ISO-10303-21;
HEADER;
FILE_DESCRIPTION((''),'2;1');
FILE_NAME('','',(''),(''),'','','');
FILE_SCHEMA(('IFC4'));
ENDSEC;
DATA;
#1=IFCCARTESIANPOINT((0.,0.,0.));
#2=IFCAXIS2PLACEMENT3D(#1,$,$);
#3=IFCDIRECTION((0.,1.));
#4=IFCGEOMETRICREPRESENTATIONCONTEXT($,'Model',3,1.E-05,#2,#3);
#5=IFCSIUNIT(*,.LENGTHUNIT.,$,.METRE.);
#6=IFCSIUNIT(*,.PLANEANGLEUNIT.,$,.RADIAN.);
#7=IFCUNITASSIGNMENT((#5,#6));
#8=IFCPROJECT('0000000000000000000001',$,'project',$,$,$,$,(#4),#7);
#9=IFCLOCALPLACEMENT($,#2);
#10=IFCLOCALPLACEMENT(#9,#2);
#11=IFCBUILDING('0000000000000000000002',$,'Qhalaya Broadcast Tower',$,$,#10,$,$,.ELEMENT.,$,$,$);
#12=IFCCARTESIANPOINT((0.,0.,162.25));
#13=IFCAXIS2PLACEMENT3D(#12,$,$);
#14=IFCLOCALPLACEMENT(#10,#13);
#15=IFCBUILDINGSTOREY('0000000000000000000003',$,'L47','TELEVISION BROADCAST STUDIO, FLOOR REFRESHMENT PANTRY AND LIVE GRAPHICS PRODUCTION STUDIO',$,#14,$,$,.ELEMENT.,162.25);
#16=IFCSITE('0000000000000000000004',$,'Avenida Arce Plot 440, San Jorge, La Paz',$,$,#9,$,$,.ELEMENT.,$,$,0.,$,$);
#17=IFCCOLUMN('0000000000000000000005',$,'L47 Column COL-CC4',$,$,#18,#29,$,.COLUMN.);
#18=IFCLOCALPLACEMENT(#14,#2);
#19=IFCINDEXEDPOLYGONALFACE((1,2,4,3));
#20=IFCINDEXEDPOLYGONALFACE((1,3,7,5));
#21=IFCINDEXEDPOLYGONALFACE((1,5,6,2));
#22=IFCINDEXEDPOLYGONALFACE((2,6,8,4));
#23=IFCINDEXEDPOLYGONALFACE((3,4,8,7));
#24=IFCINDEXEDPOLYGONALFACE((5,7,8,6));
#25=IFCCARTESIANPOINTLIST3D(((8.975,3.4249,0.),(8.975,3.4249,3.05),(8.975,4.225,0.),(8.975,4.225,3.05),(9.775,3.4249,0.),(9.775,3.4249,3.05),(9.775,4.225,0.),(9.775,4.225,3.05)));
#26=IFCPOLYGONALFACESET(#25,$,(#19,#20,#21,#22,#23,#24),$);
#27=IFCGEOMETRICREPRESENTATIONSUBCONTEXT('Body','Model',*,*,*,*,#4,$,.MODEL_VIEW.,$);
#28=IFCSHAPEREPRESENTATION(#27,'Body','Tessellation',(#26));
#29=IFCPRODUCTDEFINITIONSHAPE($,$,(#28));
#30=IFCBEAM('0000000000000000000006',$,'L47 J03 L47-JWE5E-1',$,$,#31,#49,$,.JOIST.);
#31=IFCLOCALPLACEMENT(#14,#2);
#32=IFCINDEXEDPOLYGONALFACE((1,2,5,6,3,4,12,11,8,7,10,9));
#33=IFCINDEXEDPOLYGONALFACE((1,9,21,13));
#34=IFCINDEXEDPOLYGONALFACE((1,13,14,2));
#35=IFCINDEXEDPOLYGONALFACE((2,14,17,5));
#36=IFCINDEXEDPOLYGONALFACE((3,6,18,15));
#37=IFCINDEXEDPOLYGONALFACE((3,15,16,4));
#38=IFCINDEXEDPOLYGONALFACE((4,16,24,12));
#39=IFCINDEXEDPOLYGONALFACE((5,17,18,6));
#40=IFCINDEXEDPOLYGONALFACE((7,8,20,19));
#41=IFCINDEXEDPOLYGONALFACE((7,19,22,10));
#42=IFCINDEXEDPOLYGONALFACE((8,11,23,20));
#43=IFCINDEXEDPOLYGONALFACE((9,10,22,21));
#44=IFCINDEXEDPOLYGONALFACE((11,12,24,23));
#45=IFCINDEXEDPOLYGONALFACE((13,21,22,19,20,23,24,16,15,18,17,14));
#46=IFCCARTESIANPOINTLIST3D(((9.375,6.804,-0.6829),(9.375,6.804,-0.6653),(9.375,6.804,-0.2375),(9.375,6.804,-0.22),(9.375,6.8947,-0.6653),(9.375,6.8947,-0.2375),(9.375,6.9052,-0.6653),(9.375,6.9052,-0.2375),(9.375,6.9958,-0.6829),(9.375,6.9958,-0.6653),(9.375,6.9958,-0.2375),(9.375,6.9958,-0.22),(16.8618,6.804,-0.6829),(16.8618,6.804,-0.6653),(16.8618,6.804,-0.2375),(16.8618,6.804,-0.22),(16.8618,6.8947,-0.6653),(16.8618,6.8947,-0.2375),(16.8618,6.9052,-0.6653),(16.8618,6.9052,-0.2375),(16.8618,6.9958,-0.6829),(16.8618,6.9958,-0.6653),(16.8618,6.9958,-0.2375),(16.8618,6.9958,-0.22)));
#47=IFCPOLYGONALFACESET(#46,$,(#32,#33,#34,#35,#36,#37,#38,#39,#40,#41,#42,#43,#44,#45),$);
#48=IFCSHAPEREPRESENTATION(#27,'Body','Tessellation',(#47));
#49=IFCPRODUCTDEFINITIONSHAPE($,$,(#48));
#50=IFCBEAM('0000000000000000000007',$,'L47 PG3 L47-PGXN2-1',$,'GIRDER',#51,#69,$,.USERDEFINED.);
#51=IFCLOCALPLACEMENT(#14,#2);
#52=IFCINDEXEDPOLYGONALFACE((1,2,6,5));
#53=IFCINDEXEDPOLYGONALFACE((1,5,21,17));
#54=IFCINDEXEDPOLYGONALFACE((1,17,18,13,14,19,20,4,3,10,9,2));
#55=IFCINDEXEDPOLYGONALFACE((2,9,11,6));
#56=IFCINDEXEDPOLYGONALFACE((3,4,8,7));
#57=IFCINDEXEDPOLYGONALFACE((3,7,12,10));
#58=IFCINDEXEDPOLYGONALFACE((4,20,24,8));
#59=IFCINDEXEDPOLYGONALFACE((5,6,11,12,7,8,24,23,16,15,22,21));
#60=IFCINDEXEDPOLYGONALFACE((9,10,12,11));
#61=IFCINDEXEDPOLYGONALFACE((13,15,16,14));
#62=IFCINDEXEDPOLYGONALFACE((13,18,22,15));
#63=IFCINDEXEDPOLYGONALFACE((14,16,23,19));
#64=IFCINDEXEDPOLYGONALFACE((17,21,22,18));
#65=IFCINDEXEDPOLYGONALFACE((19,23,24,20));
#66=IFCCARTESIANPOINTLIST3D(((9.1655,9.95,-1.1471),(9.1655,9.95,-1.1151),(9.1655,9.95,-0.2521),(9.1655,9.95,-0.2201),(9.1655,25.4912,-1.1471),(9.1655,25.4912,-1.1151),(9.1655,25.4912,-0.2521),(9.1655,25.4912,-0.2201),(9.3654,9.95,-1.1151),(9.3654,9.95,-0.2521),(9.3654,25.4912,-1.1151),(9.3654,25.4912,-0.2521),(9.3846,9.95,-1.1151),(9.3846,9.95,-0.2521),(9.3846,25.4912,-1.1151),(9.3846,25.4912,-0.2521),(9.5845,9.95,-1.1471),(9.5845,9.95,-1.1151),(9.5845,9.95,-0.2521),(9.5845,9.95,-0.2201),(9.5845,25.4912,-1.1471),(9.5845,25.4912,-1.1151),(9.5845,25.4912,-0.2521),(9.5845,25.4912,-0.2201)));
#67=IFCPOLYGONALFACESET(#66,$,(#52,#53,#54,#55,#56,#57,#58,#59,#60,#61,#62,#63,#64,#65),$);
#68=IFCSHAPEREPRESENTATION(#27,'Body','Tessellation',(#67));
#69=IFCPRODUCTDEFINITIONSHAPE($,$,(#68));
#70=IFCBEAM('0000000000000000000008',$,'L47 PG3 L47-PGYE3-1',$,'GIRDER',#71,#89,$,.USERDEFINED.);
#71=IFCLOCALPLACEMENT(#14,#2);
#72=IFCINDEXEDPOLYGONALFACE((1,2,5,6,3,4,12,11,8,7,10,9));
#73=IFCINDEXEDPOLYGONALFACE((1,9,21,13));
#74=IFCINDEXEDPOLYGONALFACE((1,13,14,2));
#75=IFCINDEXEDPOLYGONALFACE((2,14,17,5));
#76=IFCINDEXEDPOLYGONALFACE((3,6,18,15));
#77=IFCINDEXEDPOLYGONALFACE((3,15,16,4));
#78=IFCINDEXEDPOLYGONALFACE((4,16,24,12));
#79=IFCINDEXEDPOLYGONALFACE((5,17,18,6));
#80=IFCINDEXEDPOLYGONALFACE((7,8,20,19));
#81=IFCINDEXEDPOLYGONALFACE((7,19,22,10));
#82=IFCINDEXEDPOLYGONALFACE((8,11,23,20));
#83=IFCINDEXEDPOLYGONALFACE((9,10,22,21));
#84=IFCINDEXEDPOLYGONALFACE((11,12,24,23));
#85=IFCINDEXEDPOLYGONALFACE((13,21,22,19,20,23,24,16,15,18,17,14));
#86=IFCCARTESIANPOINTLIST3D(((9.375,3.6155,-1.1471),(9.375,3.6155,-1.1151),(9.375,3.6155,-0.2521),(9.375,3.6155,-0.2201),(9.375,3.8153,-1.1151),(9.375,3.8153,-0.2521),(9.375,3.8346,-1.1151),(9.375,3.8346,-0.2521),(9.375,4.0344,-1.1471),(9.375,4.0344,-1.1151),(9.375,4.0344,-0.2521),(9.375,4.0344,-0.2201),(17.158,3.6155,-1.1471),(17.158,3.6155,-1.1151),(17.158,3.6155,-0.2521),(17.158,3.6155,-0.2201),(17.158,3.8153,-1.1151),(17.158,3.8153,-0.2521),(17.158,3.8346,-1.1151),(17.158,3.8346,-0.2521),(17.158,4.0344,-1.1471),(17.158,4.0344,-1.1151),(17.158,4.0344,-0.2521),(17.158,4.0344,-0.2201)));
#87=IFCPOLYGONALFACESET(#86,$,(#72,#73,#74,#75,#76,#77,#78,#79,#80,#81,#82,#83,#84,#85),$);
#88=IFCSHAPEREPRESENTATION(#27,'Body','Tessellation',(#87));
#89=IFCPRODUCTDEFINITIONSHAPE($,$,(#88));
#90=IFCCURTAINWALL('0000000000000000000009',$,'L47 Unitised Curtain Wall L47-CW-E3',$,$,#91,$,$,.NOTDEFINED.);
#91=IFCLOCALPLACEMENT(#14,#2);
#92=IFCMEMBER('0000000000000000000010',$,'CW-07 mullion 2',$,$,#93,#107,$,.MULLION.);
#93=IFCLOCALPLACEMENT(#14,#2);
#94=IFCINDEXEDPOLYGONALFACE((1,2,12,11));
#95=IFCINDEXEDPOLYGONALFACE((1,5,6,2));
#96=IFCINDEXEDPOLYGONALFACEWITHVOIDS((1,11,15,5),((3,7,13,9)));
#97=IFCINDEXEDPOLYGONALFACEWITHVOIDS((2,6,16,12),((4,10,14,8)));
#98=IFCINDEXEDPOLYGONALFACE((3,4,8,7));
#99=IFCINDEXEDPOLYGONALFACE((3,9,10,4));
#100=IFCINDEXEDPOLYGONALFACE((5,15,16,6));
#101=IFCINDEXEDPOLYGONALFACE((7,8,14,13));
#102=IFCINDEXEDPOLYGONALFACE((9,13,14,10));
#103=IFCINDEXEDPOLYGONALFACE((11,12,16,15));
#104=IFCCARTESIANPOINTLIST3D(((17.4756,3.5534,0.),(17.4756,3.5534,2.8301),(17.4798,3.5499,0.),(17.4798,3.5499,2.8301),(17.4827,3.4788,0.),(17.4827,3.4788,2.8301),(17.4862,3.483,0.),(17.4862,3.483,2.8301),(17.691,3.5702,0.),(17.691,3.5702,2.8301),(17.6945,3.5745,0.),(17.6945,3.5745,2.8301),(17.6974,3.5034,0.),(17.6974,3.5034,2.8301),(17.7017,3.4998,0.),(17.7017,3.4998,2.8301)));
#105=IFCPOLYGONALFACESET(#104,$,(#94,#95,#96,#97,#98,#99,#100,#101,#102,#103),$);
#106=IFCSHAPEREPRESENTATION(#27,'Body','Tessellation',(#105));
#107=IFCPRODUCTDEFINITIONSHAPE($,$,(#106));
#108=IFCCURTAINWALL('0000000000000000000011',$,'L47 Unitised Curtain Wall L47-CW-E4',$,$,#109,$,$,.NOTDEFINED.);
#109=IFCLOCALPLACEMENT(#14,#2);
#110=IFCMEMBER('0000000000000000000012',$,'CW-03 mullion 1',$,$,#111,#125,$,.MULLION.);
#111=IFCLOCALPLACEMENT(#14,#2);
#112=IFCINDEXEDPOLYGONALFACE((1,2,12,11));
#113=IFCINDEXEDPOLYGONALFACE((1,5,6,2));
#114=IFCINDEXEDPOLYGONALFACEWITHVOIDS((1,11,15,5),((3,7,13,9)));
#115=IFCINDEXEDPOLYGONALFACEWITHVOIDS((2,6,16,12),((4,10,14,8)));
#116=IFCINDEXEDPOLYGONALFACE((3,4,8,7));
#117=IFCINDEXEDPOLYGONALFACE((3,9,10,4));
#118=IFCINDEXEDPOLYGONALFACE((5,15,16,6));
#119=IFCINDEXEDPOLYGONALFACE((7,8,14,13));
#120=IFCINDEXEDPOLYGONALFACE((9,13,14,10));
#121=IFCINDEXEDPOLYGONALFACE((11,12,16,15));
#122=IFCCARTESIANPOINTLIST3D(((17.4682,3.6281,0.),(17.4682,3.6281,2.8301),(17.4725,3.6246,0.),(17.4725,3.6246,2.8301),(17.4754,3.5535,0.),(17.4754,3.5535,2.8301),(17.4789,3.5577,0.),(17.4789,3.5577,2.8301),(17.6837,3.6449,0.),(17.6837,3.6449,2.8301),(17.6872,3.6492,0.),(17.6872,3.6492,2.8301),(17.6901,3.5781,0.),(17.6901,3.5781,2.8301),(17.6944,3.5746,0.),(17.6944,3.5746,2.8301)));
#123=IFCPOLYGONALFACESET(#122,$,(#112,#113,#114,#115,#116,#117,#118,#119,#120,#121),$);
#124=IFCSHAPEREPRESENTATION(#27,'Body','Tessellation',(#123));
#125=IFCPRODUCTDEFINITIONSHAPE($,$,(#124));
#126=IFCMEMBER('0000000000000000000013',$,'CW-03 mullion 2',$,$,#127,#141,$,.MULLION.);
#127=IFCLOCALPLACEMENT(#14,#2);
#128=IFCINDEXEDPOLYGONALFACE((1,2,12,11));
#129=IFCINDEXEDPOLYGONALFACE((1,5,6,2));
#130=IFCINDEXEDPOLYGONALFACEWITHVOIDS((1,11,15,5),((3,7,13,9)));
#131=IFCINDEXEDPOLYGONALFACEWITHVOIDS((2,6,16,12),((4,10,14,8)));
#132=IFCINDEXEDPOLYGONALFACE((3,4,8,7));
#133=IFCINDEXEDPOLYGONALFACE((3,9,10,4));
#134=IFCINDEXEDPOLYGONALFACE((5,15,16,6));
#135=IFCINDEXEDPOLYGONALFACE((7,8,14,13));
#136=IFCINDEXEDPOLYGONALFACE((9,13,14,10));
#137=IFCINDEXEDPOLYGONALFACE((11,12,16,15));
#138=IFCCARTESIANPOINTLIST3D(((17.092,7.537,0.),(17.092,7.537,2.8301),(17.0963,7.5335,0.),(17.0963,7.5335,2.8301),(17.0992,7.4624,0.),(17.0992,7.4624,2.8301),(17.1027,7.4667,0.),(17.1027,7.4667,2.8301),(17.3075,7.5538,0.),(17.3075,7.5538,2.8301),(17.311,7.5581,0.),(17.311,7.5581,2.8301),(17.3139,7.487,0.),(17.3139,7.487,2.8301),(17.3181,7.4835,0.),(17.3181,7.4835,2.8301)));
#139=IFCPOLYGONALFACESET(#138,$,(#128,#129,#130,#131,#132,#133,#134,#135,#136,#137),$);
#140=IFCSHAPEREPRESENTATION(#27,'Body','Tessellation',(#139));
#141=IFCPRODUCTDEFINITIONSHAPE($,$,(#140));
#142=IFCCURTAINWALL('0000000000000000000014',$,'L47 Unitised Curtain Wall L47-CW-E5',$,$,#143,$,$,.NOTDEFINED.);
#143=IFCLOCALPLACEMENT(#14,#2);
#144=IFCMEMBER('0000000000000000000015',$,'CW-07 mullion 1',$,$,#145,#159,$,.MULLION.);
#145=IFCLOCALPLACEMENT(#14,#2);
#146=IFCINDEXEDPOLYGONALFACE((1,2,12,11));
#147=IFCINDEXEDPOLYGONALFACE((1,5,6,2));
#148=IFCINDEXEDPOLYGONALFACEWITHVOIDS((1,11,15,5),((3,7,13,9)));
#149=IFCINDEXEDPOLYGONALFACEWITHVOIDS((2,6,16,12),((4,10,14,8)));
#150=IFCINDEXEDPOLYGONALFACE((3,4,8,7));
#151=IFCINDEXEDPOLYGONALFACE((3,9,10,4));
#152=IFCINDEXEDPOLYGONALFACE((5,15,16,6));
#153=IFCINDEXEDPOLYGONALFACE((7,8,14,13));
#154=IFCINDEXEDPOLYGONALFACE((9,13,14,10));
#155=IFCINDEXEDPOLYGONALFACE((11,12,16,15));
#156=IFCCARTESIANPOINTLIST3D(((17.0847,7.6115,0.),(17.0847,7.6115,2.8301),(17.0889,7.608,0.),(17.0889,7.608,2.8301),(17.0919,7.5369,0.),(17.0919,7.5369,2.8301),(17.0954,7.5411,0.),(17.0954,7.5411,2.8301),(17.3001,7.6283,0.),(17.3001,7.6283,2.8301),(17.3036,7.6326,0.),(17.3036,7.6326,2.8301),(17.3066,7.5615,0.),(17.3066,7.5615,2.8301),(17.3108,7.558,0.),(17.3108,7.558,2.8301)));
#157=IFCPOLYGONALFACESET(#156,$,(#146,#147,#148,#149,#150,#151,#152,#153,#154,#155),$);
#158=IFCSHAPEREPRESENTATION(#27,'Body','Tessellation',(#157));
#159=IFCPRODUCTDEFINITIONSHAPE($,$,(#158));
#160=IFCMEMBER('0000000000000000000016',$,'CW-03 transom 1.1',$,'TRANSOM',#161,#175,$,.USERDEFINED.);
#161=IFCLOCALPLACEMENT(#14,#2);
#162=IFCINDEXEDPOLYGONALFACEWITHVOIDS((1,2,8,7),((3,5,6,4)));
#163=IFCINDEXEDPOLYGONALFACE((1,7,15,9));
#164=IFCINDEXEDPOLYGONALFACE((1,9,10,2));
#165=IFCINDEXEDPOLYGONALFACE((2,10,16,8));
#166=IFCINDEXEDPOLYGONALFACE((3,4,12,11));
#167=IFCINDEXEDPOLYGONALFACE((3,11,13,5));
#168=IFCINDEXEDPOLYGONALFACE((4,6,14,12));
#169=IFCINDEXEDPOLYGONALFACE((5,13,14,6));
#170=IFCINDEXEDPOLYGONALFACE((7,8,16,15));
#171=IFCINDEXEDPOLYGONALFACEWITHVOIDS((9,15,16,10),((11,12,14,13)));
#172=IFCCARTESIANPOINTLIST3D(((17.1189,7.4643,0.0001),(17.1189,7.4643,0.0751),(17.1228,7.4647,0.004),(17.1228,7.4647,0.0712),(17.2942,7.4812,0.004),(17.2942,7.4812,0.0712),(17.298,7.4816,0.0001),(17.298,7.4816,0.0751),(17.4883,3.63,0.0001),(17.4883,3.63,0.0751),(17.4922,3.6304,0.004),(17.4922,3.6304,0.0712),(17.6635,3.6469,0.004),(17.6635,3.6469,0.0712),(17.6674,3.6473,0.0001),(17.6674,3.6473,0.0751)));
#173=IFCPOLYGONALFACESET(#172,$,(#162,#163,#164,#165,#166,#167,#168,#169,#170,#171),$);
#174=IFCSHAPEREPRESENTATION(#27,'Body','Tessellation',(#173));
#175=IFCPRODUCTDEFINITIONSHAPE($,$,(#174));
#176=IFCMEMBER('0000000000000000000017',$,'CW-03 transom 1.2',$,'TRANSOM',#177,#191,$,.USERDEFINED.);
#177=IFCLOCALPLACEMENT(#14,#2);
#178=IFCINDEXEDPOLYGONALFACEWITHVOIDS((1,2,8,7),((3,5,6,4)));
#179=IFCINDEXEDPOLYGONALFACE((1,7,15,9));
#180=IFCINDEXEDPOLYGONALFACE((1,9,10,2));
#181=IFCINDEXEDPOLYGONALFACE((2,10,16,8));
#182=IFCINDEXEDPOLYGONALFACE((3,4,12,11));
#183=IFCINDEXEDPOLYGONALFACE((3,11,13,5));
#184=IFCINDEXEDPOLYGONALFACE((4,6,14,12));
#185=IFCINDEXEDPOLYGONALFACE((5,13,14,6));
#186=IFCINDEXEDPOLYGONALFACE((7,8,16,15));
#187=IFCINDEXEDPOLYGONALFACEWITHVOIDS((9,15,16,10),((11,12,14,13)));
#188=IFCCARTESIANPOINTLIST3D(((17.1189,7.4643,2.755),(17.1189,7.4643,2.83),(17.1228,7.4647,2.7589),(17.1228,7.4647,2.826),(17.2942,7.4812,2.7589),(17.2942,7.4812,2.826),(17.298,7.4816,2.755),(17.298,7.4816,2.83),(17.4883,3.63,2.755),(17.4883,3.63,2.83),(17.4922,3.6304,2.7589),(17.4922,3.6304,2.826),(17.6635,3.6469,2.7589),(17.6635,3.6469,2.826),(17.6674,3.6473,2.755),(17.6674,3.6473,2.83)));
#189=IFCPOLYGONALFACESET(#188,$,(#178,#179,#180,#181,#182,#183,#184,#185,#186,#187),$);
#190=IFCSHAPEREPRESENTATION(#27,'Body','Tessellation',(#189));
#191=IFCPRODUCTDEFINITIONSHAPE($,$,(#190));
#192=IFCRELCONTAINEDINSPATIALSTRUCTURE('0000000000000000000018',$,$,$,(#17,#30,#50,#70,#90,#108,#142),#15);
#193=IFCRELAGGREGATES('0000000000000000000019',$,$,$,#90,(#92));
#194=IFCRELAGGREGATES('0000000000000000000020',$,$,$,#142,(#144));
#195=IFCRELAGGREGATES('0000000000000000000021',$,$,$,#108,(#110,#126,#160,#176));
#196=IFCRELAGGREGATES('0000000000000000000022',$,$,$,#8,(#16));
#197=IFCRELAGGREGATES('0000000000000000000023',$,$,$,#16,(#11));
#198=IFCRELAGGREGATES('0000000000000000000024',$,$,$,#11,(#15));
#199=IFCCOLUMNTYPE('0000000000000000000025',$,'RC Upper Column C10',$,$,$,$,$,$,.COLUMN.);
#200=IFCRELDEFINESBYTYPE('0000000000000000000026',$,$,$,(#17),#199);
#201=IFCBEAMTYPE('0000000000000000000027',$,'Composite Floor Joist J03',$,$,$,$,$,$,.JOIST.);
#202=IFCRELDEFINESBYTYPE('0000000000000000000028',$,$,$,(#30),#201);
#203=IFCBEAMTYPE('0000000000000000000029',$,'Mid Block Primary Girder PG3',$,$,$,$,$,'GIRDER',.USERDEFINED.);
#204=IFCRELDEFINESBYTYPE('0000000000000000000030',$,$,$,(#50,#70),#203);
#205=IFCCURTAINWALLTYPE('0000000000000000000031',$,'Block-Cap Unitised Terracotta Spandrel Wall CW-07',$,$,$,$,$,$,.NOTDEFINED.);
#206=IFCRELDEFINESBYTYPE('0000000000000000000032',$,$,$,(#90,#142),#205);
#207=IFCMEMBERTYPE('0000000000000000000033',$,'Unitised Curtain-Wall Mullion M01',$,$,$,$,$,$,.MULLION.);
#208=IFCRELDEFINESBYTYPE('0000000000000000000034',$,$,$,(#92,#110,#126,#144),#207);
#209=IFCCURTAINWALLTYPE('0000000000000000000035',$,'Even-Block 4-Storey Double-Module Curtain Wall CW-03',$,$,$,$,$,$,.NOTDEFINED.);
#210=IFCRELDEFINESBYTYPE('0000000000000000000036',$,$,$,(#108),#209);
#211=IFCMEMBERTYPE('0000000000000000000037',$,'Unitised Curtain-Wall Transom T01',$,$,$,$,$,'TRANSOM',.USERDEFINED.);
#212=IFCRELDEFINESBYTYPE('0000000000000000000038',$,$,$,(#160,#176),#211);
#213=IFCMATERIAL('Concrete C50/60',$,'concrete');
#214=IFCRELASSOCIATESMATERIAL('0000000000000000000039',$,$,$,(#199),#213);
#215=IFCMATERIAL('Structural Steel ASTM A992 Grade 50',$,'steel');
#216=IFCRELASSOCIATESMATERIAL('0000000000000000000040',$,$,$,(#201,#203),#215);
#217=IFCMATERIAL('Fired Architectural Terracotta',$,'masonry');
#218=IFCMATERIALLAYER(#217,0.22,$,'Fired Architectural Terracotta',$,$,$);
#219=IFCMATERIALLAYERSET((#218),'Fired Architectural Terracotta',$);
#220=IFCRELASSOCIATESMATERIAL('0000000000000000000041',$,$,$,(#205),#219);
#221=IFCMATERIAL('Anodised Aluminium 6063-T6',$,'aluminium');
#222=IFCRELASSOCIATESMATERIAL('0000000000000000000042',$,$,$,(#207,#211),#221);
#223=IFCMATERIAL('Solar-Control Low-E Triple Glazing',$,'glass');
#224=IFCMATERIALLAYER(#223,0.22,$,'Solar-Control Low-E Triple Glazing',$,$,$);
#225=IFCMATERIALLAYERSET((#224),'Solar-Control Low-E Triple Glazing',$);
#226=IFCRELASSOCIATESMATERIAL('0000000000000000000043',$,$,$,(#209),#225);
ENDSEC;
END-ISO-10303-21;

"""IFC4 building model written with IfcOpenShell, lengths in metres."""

from ifc_helpers import new_model, si_unit, direction, frame, origin, origin_2d, place, context, subcontext, project, spatial, rectangle, hollow_rectangle, i_section, extrude, material, layer, layer_set, material_profile, profile_set, type_object, element, aggregate, save


model = new_model("IFC4")

# Units and contexts
model_context = context("Model", 3, precision=1e-05, world=origin(), true_north=direction((0.0, 1.0)))
body_context = subcontext(model_context, "Body", "Model", "MODEL_VIEW")
ifc_project = project(units=[si_unit("LENGTHUNIT", "METRE"), si_unit("PLANEANGLEUNIT", "RADIAN")], contexts=[model_context])

# Site, building, storey
site_placement = place(None, origin())
site = spatial("IfcSite", under=ifc_project, at=site_placement, Name="Avenida Arce Plot 440, San Jorge, La Paz", CompositionType="ELEMENT", RefElevation=0.0)
building_placement = place(site_placement, origin())
building = spatial("IfcBuilding", under=site, at=building_placement, Name="Qhalaya Broadcast Tower", CompositionType="ELEMENT")
storey_placement = place(building_placement, frame((0.0, 0.0, 162.25)))
storey = spatial("IfcBuildingStorey", under=building, at=storey_placement, Name="L47", Description="TELEVISION BROADCAST STUDIO, FLOOR REFRESHMENT PANTRY AND LIVE GRAPHICS PRODUCTION STUDIO", CompositionType="ELEMENT", Elevation=162.25)

# Column
ifc_material_1 = material(Name="Concrete C50/60", Category="concrete")
ifc_material_profile_1 = material_profile(ifc_material_1, rectangle(XDim=0.8, YDim=0.8, at=origin_2d()), Name="RC-COL 800x800")
ifc_profile_set_1 = profile_set([ifc_material_profile_1], Name="Concrete C50/60")
column_type = type_object("IfcColumnType", Name="RC Upper Column C10", PredefinedType="COLUMN", material=ifc_profile_set_1)
column_placement = place(storey_placement, frame((9.375, 3.825, 0.0), z_axis=(0.0, 0.0, 1.0), x_axis=(1.0, 0.0, 0.0)))
element("IfcColumn", 1, at=column_placement, inside=storey, type_object=column_type, Name="L47 Column COL-CC4", PredefinedType="COLUMN", context=body_context, shape_type="SweptSolid", body=[
    extrude(rectangle(XDim=0.8, YDim=0.8, at=origin_2d()), origin(), (0.0, 0.0, 1.0), 3.05),
])

# Beams
ifc_material_2 = material(Name="Structural Steel ASTM A992 Grade 50", Category="steel")
ifc_material_profile_2 = material_profile(ifc_material_2, i_section(OverallWidth=0.1919, OverallDepth=0.4629, WebThickness=0.0105, FlangeThickness=0.0176, at=origin_2d()), Name="W18X60")
ifc_profile_set_2 = profile_set([ifc_material_profile_2], Name="Structural Steel ASTM A992 Grade 50")
beam_type_1 = type_object("IfcBeamType", Name="Composite Floor Joist J03", PredefinedType="JOIST", material=ifc_profile_set_2)
beam_1_placement = place(storey_placement, frame((9.375, 6.8999, -0.4514), z_axis=(1.0, 0.0, 0.0), x_axis=(0.0, 1.0, 0.0)))
element("IfcBeam", 2, at=beam_1_placement, inside=storey, type_object=beam_type_1, Name="L47 J03 L47-JWE5E-1", PredefinedType="JOIST", context=body_context, shape_type="SweptSolid", body=[
    extrude(i_section(OverallWidth=0.1919, OverallDepth=0.4629, WebThickness=0.0105, FlangeThickness=0.0176, at=origin_2d()), origin(), (0.0, 0.0, 1.0), 7.4868),
])
ifc_material_profile_3 = material_profile(ifc_material_2, i_section(OverallWidth=0.4189, OverallDepth=0.927, WebThickness=0.0193, FlangeThickness=0.032, at=origin_2d()), Name="W36X231")
ifc_profile_set_3 = profile_set([ifc_material_profile_3], Name="Structural Steel ASTM A992 Grade 50")
beam_type_2 = type_object("IfcBeamType", Name="Mid Block Primary Girder PG3", ElementType="GIRDER", PredefinedType="USERDEFINED", material=ifc_profile_set_3)
beam_2_placement = place(storey_placement, frame((9.375, 9.95, -0.6836), z_axis=(0.0, 1.0, 0.0), x_axis=(-1.0, 0.0, 0.0)))
element("IfcBeam", 3, at=beam_2_placement, inside=storey, type_object=beam_type_2, Name="L47 PG3 L47-PGXN2-1", ObjectType="GIRDER", PredefinedType="USERDEFINED", context=body_context, shape_type="SweptSolid", body=[
    extrude(i_section(OverallWidth=0.4189, OverallDepth=0.927, WebThickness=0.0193, FlangeThickness=0.032, at=origin_2d()), origin(), (0.0, 0.0, 1.0), 15.5413),
])
beam_3_placement = place(storey_placement, frame((9.375, 3.825, -0.6836), z_axis=(1.0, 0.0, 0.0), x_axis=(0.0, 1.0, 0.0)))
element("IfcBeam", 4, at=beam_3_placement, inside=storey, type_object=beam_type_2, Name="L47 PG3 L47-PGYE3-1", ObjectType="GIRDER", PredefinedType="USERDEFINED", context=body_context, shape_type="SweptSolid", body=[
    extrude(i_section(OverallWidth=0.4189, OverallDepth=0.927, WebThickness=0.0193, FlangeThickness=0.032, at=origin_2d()), origin(), (0.0, 0.0, 1.0), 7.783),
])

# Curtain wall, member
ifc_material_3 = material(Name="Fired Architectural Terracotta", Category="masonry")
ifc_layer_1 = layer(ifc_material_3, 0.22, Name="Fired Architectural Terracotta")
ifc_layer_set_1 = layer_set([ifc_layer_1], Name="Fired Architectural Terracotta")
curtain_wall_type_1 = type_object("IfcCurtainWallType", Name="Block-Cap Unitised Terracotta Spandrel Wall CW-07", PredefinedType="NOTDEFINED", material=ifc_layer_set_1)
curtain_wall_1_placement = place(storey_placement, origin())
curtain_wall_1 = element("IfcCurtainWall", 5, at=curtain_wall_1_placement, inside=storey, type_object=curtain_wall_type_1, Name="L47 Unitised Curtain Wall L47-CW-E3", PredefinedType="NOTDEFINED")
ifc_material_4 = material(Name="Anodised Aluminium 6063-T6", Category="aluminium")
ifc_material_profile_4 = material_profile(ifc_material_4, hollow_rectangle(XDim=0.075, YDim=0.22, WallThickness=0.0039, at=origin_2d()), Name="ALU-MUL 75x220x4")
ifc_profile_set_4 = profile_set([ifc_material_profile_4], Name="Anodised Aluminium 6063-T6")
member_type_1 = type_object("IfcMemberType", Name="Unitised Curtain-Wall Mullion M01", PredefinedType="MULLION", material=ifc_profile_set_4)
member_1_placement = place(storey_placement, frame((17.5886, 3.5266, 0.0), z_axis=(0.0, 0.0, 1.0), x_axis=(-0.095837, 0.995397, 0.0)))
member_1 = element("IfcMember", 6, at=member_1_placement, type_object=member_type_1, Name="CW-07 mullion 2", PredefinedType="MULLION", context=body_context, shape_type="SweptSolid", body=[
    extrude(hollow_rectangle(XDim=0.075, YDim=0.22, WallThickness=0.0039, at=origin_2d()), origin(), (0.0, 0.0, 1.0), 2.8301),
])
aggregate(curtain_wall_1, [member_1])

# Curtain wall, members
ifc_material_5 = material(Name="Solar-Control Low-E Triple Glazing", Category="glass")
ifc_layer_2 = layer(ifc_material_5, 0.22, Name="Solar-Control Low-E Triple Glazing")
ifc_layer_set_2 = layer_set([ifc_layer_2], Name="Solar-Control Low-E Triple Glazing")
curtain_wall_type_2 = type_object("IfcCurtainWallType", Name="Even-Block 4-Storey Double-Module Curtain Wall CW-03", PredefinedType="NOTDEFINED", material=ifc_layer_set_2)
curtain_wall_2_placement = place(storey_placement, origin())
curtain_wall_2 = element("IfcCurtainWall", 7, at=curtain_wall_2_placement, inside=storey, type_object=curtain_wall_type_2, Name="L47 Unitised Curtain Wall L47-CW-E4", PredefinedType="NOTDEFINED")
member_2_placement = place(storey_placement, frame((17.5813, 3.6013, 0.0), z_axis=(0.0, 0.0, 1.0), x_axis=(-0.095851, 0.995396, 0.0)))
member_2 = element("IfcMember", 8, at=member_2_placement, type_object=member_type_1, Name="CW-03 mullion 1", PredefinedType="MULLION", context=body_context, shape_type="SweptSolid", body=[
    extrude(hollow_rectangle(XDim=0.075, YDim=0.22, WallThickness=0.0039, at=origin_2d()), origin(), (0.0, 0.0, 1.0), 2.8301),
])
member_3_placement = place(storey_placement, frame((17.2051, 7.5103, 0.0), z_axis=(0.0, 0.0, 1.0), x_axis=(-0.095851, 0.995396, 0.0)))
member_3 = element("IfcMember", 9, at=member_3_placement, type_object=member_type_1, Name="CW-03 mullion 2", PredefinedType="MULLION", context=body_context, shape_type="SweptSolid", body=[
    extrude(hollow_rectangle(XDim=0.075, YDim=0.22, WallThickness=0.0039, at=origin_2d()), origin(), (0.0, 0.0, 1.0), 2.8301),
])

# Curtain wall, member
curtain_wall_3_placement = place(storey_placement, origin())
curtain_wall_3 = element("IfcCurtainWall", 10, at=curtain_wall_3_placement, inside=storey, type_object=curtain_wall_type_1, Name="L47 Unitised Curtain Wall L47-CW-E5", PredefinedType="NOTDEFINED")
member_4_placement = place(storey_placement, frame((17.1978, 7.5847, 0.0), z_axis=(0.0, 0.0, 1.0), x_axis=(-0.095854, 0.995395, 0.0)))
member_4 = element("IfcMember", 11, at=member_4_placement, type_object=member_type_1, Name="CW-07 mullion 1", PredefinedType="MULLION", context=body_context, shape_type="SweptSolid", body=[
    extrude(hollow_rectangle(XDim=0.075, YDim=0.22, WallThickness=0.0039, at=origin_2d()), origin(), (0.0, 0.0, 1.0), 2.8301),
])

# Members
ifc_material_profile_5 = material_profile(ifc_material_4, hollow_rectangle(XDim=0.075, YDim=0.1799, WallThickness=0.0039, at=origin_2d()), Name="ALU-TRN 75x180x4")
ifc_profile_set_5 = profile_set([ifc_material_profile_5], Name="Anodised Aluminium 6063-T6")
member_type_2 = type_object("IfcMemberType", Name="Unitised Curtain-Wall Transom T01", ElementType="TRANSOM", PredefinedType="USERDEFINED", material=ifc_profile_set_5)
member_5_placement = place(storey_placement, frame((17.5779, 3.6387, 0.0376), z_axis=(-0.095895, 0.995391, 0.0), x_axis=(0.0, 0.0, 1.0)))
member_5 = element("IfcMember", 12, at=member_5_placement, type_object=member_type_2, Name="CW-03 transom 1.1", ObjectType="TRANSOM", PredefinedType="USERDEFINED", context=body_context, shape_type="SweptSolid", body=[
    extrude(hollow_rectangle(XDim=0.075, YDim=0.1799, WallThickness=0.0039, at=origin_2d()), origin(), (0.0, 0.0, 1.0), 3.8521),
])
member_6_placement = place(storey_placement, frame((17.5779, 3.6387, 2.7925), z_axis=(-0.095895, 0.995391, 0.0), x_axis=(0.0, 0.0, 1.0)))
member_6 = element("IfcMember", 13, at=member_6_placement, type_object=member_type_2, Name="CW-03 transom 1.2", ObjectType="TRANSOM", PredefinedType="USERDEFINED", context=body_context, shape_type="SweptSolid", body=[
    extrude(hollow_rectangle(XDim=0.075, YDim=0.1799, WallThickness=0.0039, at=origin_2d()), origin(), (0.0, 0.0, 1.0), 3.8521),
])
aggregate(curtain_wall_3, [member_4])

aggregate(curtain_wall_2, [member_2, member_3, member_5, member_6])

save(model, "model.ifc")
